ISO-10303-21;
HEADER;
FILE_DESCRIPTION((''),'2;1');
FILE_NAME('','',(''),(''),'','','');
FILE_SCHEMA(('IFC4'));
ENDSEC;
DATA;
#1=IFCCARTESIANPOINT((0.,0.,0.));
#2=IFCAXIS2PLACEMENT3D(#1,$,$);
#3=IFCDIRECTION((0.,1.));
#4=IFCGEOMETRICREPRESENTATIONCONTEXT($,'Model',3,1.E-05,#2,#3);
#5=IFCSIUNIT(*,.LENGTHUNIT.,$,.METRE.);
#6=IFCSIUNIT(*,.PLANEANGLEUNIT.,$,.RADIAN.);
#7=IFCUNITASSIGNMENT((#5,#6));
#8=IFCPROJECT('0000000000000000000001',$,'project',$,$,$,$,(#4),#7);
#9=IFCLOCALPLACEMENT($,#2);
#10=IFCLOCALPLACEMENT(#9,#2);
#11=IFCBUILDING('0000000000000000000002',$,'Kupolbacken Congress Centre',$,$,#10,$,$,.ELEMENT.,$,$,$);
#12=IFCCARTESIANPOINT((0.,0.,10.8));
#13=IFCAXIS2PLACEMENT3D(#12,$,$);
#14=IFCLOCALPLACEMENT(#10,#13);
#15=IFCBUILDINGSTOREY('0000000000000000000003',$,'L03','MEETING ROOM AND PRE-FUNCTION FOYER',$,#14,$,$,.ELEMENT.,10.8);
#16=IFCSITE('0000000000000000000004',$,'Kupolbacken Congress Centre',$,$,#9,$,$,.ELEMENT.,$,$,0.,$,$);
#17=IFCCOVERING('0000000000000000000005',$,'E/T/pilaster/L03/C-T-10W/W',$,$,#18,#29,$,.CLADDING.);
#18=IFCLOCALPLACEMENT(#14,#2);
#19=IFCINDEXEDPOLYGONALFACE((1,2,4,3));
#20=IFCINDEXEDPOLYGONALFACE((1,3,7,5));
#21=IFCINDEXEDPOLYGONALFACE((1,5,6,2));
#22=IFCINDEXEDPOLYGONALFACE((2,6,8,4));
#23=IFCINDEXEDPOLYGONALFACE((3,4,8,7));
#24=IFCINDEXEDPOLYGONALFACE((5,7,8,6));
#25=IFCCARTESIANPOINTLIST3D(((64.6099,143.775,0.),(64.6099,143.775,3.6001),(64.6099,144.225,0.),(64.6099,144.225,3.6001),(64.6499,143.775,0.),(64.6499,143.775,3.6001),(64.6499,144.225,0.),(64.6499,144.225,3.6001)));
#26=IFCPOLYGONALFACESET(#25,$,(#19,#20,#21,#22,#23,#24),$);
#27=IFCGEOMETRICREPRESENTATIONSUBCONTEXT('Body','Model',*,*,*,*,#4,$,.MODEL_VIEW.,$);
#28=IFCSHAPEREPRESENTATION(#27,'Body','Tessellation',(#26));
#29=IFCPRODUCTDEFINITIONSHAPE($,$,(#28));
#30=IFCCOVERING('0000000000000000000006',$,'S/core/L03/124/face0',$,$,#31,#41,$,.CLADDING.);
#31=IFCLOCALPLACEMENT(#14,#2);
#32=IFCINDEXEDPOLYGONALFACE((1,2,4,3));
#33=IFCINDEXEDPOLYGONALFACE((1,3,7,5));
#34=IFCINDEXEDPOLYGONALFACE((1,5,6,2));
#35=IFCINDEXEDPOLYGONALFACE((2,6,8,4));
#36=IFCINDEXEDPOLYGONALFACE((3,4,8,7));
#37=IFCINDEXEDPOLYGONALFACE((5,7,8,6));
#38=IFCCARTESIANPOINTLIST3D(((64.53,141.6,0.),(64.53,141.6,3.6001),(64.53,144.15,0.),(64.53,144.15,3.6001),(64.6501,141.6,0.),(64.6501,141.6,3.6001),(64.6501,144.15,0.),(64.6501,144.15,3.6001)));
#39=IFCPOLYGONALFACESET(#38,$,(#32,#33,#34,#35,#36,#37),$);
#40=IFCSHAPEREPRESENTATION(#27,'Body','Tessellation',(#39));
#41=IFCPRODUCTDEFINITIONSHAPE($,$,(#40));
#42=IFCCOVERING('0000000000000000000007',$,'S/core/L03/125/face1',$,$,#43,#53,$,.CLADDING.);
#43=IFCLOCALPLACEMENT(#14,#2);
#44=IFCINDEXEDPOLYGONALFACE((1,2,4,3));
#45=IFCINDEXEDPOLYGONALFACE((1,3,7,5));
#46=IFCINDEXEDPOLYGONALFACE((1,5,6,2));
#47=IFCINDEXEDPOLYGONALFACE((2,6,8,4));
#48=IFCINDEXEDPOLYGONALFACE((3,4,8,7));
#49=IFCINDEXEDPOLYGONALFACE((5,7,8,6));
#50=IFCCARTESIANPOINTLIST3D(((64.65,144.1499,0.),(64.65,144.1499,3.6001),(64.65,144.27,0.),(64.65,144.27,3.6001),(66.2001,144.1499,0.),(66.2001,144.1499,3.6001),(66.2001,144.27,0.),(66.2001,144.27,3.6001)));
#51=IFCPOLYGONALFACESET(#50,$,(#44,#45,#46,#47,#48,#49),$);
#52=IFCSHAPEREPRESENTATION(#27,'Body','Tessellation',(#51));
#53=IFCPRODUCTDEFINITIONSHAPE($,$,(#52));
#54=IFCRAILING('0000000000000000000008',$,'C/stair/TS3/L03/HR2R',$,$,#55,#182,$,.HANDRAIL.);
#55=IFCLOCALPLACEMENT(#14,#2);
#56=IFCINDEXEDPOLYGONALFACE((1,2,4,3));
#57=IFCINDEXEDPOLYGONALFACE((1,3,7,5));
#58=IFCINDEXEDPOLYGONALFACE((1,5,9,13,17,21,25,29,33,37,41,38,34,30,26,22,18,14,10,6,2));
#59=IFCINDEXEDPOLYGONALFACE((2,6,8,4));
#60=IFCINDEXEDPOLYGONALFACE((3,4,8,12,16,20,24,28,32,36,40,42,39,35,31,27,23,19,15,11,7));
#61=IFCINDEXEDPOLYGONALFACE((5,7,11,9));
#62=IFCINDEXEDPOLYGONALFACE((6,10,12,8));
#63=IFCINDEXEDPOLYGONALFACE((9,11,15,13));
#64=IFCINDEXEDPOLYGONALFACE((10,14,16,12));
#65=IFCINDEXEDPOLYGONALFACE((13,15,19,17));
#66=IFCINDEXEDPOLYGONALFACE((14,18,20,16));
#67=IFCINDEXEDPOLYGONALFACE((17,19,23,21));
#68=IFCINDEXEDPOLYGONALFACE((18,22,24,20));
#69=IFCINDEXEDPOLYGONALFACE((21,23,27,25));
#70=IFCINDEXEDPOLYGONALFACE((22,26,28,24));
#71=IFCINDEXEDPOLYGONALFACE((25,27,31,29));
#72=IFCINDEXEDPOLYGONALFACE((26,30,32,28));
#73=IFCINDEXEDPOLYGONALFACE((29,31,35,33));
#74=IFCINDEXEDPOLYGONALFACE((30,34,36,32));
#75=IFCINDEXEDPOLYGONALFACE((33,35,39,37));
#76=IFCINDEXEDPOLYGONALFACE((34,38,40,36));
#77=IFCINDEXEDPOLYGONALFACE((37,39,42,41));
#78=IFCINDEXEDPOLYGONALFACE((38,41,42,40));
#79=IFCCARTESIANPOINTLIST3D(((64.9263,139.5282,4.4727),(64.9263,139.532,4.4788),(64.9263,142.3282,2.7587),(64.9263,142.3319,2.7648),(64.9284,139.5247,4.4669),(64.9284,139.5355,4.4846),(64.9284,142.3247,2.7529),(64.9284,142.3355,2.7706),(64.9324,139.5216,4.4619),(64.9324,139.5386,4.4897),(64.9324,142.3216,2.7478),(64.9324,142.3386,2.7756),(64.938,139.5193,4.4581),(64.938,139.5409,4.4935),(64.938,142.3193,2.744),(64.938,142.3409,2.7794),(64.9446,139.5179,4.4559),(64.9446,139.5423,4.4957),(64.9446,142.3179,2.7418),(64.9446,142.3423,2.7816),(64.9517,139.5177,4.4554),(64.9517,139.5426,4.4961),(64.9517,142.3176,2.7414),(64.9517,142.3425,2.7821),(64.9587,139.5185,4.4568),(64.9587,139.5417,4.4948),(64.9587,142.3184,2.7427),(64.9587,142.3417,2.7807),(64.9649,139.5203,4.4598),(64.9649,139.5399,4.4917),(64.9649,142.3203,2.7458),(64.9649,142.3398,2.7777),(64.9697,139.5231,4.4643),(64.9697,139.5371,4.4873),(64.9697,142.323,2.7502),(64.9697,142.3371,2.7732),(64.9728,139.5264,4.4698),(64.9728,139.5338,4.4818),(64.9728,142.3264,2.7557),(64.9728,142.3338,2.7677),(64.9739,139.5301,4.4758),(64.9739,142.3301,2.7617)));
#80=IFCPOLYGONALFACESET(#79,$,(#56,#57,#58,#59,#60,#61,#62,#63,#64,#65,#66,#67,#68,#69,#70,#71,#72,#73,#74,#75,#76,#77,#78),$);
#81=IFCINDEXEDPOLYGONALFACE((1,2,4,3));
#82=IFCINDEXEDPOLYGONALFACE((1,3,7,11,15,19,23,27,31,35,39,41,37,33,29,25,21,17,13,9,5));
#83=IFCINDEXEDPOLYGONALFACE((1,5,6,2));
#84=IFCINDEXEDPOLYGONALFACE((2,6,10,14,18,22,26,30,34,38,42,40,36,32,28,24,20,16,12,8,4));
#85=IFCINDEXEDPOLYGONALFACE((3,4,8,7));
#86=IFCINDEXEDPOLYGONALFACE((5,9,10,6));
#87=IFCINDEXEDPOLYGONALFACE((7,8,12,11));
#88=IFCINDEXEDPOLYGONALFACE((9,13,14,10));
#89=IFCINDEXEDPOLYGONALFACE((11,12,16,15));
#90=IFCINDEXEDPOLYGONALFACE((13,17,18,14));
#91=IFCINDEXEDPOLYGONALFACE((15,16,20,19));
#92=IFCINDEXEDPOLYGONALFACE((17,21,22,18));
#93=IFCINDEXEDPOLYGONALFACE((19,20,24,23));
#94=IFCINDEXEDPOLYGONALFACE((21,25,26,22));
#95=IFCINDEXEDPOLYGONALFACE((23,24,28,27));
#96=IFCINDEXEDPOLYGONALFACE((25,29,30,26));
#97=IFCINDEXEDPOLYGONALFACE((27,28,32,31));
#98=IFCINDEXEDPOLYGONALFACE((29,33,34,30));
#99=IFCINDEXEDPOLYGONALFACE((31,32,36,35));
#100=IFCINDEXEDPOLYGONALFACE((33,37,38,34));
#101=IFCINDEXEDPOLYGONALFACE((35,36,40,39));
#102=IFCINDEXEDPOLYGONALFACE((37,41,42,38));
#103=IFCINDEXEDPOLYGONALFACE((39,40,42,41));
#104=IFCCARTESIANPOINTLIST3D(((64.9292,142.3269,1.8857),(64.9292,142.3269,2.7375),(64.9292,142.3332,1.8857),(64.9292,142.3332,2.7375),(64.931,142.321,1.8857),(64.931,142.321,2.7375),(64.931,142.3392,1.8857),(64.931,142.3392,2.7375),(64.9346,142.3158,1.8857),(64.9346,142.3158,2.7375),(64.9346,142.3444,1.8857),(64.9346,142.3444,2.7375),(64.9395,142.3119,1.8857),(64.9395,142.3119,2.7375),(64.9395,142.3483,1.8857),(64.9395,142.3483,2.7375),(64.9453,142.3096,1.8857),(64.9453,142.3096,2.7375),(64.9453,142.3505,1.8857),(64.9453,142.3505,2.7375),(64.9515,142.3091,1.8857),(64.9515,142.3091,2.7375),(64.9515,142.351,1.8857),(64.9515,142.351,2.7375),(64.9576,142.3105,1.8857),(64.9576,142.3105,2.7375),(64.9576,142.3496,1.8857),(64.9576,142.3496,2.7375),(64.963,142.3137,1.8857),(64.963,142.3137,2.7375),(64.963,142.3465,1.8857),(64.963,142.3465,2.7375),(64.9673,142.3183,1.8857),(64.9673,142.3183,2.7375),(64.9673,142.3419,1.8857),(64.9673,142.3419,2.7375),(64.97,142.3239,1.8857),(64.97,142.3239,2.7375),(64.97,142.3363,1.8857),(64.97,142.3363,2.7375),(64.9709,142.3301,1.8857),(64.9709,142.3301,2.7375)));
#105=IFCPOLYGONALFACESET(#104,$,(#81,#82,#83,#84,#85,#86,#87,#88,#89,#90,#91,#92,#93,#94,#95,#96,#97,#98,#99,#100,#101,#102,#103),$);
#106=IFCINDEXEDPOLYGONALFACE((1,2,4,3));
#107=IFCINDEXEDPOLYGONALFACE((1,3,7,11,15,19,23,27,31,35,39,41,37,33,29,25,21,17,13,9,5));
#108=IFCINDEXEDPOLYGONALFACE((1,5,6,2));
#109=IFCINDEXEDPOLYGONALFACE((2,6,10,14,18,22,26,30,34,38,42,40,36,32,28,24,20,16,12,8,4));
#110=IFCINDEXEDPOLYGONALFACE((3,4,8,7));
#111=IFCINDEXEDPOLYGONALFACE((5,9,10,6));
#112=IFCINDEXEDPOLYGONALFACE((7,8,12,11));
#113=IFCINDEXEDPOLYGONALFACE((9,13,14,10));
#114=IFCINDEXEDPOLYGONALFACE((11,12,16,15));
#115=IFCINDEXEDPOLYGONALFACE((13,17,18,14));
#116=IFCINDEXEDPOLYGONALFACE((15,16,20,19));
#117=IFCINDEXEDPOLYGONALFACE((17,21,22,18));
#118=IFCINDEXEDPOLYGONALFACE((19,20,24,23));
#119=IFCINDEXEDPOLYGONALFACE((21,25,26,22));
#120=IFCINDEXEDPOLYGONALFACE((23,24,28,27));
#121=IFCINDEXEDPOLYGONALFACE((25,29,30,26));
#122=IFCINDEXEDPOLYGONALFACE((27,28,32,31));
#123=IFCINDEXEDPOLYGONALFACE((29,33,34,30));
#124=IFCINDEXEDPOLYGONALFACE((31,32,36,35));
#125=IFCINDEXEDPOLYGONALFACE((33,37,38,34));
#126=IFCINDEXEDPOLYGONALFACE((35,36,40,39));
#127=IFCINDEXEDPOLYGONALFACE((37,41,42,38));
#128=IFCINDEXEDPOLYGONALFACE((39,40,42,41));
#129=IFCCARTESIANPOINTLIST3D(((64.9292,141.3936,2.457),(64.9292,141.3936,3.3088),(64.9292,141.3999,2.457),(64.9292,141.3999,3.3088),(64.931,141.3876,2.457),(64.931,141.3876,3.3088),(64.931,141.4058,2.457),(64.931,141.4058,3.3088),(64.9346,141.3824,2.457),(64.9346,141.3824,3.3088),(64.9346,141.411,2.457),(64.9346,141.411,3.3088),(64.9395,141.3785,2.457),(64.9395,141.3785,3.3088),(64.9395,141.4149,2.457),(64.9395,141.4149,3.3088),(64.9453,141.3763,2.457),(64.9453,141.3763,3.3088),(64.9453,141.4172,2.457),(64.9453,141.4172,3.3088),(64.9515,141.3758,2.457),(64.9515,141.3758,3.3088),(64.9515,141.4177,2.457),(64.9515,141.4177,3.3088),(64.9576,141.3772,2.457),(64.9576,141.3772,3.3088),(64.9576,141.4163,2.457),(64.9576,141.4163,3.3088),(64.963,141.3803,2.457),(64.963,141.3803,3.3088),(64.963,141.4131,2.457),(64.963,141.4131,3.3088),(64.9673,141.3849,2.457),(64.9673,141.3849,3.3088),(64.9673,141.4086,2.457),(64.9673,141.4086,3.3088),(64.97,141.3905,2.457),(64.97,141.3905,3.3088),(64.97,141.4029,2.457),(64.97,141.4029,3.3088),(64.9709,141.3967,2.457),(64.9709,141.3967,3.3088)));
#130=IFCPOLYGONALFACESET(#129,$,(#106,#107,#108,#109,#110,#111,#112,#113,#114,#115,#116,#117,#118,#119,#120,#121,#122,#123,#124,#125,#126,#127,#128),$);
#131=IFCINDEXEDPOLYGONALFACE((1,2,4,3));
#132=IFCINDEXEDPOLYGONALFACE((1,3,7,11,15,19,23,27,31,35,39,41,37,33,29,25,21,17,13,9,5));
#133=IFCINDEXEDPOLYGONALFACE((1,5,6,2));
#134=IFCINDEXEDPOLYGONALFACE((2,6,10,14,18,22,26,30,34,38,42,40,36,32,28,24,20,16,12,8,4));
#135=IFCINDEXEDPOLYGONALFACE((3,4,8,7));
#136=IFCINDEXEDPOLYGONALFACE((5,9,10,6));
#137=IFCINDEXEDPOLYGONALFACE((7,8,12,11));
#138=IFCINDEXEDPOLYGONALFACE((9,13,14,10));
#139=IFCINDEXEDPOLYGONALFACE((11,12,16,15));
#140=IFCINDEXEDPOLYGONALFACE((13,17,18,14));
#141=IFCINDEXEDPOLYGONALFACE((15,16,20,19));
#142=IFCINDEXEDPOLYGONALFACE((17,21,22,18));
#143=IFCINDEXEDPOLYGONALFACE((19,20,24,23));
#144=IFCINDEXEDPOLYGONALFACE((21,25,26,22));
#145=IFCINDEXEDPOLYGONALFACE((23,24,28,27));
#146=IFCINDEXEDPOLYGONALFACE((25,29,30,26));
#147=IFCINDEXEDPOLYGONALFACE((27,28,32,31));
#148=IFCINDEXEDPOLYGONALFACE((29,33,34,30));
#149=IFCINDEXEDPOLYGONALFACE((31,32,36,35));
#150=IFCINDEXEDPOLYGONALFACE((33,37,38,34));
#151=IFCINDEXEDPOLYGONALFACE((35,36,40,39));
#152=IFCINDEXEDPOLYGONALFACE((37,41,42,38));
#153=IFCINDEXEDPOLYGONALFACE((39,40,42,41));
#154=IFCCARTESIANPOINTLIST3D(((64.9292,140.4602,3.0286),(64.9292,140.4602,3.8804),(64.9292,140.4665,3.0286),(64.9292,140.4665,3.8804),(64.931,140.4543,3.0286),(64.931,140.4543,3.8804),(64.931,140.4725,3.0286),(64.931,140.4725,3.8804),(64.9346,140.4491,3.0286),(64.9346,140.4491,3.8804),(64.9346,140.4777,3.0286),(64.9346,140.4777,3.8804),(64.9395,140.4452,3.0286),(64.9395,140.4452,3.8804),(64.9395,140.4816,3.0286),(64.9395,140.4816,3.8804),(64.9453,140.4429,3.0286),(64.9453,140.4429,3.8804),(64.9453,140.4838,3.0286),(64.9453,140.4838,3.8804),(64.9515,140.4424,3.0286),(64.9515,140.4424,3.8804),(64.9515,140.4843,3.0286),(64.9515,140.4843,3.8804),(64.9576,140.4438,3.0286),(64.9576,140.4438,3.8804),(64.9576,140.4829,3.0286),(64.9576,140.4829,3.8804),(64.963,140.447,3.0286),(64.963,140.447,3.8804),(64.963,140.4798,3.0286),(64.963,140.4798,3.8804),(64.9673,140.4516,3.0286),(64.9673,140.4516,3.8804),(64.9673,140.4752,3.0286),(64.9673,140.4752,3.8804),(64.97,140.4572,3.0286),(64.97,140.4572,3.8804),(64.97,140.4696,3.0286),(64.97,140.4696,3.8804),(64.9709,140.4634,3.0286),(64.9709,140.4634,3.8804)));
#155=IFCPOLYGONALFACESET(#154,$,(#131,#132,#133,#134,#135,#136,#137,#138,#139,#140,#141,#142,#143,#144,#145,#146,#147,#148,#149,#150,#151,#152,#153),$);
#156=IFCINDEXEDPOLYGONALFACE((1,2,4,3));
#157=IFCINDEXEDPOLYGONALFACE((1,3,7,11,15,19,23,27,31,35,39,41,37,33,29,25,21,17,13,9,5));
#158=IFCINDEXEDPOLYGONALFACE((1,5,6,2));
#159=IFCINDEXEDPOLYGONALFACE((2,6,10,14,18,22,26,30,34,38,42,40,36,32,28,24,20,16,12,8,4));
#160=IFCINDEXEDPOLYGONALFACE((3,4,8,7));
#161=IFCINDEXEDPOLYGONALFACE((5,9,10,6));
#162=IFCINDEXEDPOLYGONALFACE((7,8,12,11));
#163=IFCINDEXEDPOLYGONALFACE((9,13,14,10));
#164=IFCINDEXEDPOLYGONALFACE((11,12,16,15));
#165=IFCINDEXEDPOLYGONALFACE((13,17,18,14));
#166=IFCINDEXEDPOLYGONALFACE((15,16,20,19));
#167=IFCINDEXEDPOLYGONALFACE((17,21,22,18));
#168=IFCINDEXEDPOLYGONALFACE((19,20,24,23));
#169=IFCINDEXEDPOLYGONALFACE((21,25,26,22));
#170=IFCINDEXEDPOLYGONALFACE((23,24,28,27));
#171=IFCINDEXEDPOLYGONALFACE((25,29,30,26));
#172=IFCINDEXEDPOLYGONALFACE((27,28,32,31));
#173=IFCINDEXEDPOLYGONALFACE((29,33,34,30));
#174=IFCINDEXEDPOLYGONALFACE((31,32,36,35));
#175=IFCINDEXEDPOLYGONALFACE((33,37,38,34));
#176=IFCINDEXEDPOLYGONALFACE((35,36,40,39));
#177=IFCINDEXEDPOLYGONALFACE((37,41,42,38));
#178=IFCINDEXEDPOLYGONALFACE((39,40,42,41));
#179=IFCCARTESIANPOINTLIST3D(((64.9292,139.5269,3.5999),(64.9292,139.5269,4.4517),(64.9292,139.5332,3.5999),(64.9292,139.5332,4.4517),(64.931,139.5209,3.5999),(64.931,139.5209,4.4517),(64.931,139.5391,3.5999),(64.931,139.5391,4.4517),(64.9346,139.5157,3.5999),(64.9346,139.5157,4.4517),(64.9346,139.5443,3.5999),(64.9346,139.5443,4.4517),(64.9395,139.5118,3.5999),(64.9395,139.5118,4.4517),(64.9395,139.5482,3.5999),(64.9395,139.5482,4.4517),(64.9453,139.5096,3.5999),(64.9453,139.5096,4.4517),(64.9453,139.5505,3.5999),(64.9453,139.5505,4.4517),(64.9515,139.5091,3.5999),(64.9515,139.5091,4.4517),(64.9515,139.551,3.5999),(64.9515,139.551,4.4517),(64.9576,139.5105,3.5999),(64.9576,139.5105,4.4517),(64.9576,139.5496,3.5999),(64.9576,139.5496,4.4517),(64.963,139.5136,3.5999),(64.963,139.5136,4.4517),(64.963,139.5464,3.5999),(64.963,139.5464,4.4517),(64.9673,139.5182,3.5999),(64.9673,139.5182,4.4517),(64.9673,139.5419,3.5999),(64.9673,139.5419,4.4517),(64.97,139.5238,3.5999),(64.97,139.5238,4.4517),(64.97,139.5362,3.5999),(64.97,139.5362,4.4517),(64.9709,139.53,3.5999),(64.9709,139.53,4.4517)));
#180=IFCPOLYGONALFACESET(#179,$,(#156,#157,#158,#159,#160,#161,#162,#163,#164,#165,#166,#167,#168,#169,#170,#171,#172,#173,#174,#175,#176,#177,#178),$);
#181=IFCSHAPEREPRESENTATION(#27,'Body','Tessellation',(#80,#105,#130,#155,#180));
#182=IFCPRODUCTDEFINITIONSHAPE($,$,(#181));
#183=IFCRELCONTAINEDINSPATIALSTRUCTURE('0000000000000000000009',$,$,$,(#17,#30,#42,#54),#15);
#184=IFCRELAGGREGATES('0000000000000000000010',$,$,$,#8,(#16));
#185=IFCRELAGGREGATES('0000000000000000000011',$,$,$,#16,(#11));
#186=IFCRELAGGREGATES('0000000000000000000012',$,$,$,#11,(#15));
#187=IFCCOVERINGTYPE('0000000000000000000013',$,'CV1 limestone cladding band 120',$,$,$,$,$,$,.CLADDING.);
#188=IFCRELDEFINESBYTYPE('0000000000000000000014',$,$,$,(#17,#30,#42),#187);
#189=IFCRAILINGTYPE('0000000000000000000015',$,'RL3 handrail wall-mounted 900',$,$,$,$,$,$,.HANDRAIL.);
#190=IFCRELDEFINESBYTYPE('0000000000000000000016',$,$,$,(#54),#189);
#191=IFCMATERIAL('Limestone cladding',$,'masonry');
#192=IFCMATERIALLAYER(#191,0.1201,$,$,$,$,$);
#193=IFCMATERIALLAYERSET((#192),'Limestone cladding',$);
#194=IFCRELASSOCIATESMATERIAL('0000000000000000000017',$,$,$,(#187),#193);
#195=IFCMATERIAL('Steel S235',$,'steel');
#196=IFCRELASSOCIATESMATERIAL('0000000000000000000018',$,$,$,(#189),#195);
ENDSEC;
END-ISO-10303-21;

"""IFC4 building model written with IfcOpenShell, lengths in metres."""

from ifc_helpers import new_model, si_unit, direction, frame, origin, origin_2d, place, context, subcontext, project, spatial, rectangle, circle, extrude, material, layer, layer_set, type_object, element, save


model = new_model("IFC4")

# Units and contexts
model_context = context("Model", 3, precision=1e-05, world=origin(), true_north=direction((0.0, 1.0)))
body_context = subcontext(model_context, "Body", "Model", "MODEL_VIEW")
ifc_project = project(units=[si_unit("LENGTHUNIT", "METRE"), si_unit("PLANEANGLEUNIT", "RADIAN")], contexts=[model_context])

# Site, building, storey
site_placement = place(None, origin())
site = spatial("IfcSite", under=ifc_project, at=site_placement, Name="Kupolbacken Congress Centre", CompositionType="ELEMENT", RefElevation=0.0)
building_placement = place(site_placement, origin())
building = spatial("IfcBuilding", under=site, at=building_placement, Name="Kupolbacken Congress Centre", CompositionType="ELEMENT")
storey_placement = place(building_placement, frame((0.0, 0.0, 10.8)))
storey = spatial("IfcBuildingStorey", under=building, at=storey_placement, Name="L03", Description="MEETING ROOM AND PRE-FUNCTION FOYER", CompositionType="ELEMENT", Elevation=10.8)

# Coverings
ifc_material_1 = material(Name="Limestone cladding", Category="masonry")
ifc_layer_1 = layer(ifc_material_1, 0.1201)
ifc_layer_set_1 = layer_set([ifc_layer_1], Name="Limestone cladding")
covering_type = type_object("IfcCoveringType", Name="CV1 limestone cladding band 120", PredefinedType="CLADDING", material=ifc_layer_set_1)
covering_1_placement = place(storey_placement, frame((64.6299, 144.0, 0.0), z_axis=(0.0, 0.0, 1.0), x_axis=(1.0, 0.0, 0.0)))
element("IfcCovering", 1, at=covering_1_placement, inside=storey, type_object=covering_type, Name="E/T/pilaster/L03/C-T-10W/W", PredefinedType="CLADDING", context=body_context, shape_type="SweptSolid", body=[
    extrude(rectangle(XDim=0.04, YDim=0.45, at=origin_2d()), origin(), (0.0, 0.0, 1.0), 3.6001),
])
covering_2_placement = place(storey_placement, frame((64.5901, 142.875, 0.0), z_axis=(0.0, 0.0, 1.0), x_axis=(0.0, -1.0, 0.0)))
element("IfcCovering", 2, at=covering_2_placement, inside=storey, type_object=covering_type, Name="S/core/L03/124/face0", PredefinedType="CLADDING", context=body_context, shape_type="SweptSolid", body=[
    extrude(rectangle(XDim=2.55, YDim=0.1201, at=origin_2d()), origin(), (0.0, 0.0, 1.0), 3.6001),
])
covering_3_placement = place(storey_placement, frame((65.425, 144.21, 0.0), z_axis=(0.0, 0.0, 1.0), x_axis=(-1.0, 0.0, 0.0)))
element("IfcCovering", 3, at=covering_3_placement, inside=storey, type_object=covering_type, Name="S/core/L03/125/face1", PredefinedType="CLADDING", context=body_context, shape_type="SweptSolid", body=[
    extrude(rectangle(XDim=1.55, YDim=0.1201, at=origin_2d()), origin(), (0.0, 0.0, 1.0), 3.6001),
])

# Railing
ifc_material_2 = material(Name="Steel S235", Category="steel")
railing_type = type_object("IfcRailingType", Name="RL3 handrail wall-mounted 900", PredefinedType="HANDRAIL", material=ifc_material_2)
railing_placement = place(storey_placement, frame((64.95, 142.3301, 1.8857)))
element("IfcRailing", 4, at=railing_placement, inside=storey, type_object=railing_type, Name="C/stair/TS3/L03/HR2R", PredefinedType="HANDRAIL", context=body_context, shape_type="SweptSolid", body=[
    extrude(circle(Radius=0.0239, at=origin_2d()), frame((0.0, 0.0, 0.876), z_axis=(0.0, -0.852879, 0.522109), x_axis=(1.0, 0.0, 0.0)), (0.0, 0.0, 1.0), 3.283),
    extrude(circle(Radius=0.021, at=origin_2d()), origin(), (0.0, 0.0, 1.0), 0.8518),
    extrude(circle(Radius=0.021, at=origin_2d()), frame((0.0, -0.9333, 0.5713)), (0.0, 0.0, 1.0), 0.8518),
    extrude(circle(Radius=0.021, at=origin_2d()), frame((0.0, -1.8667, 1.1428)), (0.0, 0.0, 1.0), 0.8518),
    extrude(circle(Radius=0.021, at=origin_2d()), frame((0.0, -2.8, 1.7141)), (0.0, 0.0, 1.0), 0.8518),
])

save(model, "model.ifc")
